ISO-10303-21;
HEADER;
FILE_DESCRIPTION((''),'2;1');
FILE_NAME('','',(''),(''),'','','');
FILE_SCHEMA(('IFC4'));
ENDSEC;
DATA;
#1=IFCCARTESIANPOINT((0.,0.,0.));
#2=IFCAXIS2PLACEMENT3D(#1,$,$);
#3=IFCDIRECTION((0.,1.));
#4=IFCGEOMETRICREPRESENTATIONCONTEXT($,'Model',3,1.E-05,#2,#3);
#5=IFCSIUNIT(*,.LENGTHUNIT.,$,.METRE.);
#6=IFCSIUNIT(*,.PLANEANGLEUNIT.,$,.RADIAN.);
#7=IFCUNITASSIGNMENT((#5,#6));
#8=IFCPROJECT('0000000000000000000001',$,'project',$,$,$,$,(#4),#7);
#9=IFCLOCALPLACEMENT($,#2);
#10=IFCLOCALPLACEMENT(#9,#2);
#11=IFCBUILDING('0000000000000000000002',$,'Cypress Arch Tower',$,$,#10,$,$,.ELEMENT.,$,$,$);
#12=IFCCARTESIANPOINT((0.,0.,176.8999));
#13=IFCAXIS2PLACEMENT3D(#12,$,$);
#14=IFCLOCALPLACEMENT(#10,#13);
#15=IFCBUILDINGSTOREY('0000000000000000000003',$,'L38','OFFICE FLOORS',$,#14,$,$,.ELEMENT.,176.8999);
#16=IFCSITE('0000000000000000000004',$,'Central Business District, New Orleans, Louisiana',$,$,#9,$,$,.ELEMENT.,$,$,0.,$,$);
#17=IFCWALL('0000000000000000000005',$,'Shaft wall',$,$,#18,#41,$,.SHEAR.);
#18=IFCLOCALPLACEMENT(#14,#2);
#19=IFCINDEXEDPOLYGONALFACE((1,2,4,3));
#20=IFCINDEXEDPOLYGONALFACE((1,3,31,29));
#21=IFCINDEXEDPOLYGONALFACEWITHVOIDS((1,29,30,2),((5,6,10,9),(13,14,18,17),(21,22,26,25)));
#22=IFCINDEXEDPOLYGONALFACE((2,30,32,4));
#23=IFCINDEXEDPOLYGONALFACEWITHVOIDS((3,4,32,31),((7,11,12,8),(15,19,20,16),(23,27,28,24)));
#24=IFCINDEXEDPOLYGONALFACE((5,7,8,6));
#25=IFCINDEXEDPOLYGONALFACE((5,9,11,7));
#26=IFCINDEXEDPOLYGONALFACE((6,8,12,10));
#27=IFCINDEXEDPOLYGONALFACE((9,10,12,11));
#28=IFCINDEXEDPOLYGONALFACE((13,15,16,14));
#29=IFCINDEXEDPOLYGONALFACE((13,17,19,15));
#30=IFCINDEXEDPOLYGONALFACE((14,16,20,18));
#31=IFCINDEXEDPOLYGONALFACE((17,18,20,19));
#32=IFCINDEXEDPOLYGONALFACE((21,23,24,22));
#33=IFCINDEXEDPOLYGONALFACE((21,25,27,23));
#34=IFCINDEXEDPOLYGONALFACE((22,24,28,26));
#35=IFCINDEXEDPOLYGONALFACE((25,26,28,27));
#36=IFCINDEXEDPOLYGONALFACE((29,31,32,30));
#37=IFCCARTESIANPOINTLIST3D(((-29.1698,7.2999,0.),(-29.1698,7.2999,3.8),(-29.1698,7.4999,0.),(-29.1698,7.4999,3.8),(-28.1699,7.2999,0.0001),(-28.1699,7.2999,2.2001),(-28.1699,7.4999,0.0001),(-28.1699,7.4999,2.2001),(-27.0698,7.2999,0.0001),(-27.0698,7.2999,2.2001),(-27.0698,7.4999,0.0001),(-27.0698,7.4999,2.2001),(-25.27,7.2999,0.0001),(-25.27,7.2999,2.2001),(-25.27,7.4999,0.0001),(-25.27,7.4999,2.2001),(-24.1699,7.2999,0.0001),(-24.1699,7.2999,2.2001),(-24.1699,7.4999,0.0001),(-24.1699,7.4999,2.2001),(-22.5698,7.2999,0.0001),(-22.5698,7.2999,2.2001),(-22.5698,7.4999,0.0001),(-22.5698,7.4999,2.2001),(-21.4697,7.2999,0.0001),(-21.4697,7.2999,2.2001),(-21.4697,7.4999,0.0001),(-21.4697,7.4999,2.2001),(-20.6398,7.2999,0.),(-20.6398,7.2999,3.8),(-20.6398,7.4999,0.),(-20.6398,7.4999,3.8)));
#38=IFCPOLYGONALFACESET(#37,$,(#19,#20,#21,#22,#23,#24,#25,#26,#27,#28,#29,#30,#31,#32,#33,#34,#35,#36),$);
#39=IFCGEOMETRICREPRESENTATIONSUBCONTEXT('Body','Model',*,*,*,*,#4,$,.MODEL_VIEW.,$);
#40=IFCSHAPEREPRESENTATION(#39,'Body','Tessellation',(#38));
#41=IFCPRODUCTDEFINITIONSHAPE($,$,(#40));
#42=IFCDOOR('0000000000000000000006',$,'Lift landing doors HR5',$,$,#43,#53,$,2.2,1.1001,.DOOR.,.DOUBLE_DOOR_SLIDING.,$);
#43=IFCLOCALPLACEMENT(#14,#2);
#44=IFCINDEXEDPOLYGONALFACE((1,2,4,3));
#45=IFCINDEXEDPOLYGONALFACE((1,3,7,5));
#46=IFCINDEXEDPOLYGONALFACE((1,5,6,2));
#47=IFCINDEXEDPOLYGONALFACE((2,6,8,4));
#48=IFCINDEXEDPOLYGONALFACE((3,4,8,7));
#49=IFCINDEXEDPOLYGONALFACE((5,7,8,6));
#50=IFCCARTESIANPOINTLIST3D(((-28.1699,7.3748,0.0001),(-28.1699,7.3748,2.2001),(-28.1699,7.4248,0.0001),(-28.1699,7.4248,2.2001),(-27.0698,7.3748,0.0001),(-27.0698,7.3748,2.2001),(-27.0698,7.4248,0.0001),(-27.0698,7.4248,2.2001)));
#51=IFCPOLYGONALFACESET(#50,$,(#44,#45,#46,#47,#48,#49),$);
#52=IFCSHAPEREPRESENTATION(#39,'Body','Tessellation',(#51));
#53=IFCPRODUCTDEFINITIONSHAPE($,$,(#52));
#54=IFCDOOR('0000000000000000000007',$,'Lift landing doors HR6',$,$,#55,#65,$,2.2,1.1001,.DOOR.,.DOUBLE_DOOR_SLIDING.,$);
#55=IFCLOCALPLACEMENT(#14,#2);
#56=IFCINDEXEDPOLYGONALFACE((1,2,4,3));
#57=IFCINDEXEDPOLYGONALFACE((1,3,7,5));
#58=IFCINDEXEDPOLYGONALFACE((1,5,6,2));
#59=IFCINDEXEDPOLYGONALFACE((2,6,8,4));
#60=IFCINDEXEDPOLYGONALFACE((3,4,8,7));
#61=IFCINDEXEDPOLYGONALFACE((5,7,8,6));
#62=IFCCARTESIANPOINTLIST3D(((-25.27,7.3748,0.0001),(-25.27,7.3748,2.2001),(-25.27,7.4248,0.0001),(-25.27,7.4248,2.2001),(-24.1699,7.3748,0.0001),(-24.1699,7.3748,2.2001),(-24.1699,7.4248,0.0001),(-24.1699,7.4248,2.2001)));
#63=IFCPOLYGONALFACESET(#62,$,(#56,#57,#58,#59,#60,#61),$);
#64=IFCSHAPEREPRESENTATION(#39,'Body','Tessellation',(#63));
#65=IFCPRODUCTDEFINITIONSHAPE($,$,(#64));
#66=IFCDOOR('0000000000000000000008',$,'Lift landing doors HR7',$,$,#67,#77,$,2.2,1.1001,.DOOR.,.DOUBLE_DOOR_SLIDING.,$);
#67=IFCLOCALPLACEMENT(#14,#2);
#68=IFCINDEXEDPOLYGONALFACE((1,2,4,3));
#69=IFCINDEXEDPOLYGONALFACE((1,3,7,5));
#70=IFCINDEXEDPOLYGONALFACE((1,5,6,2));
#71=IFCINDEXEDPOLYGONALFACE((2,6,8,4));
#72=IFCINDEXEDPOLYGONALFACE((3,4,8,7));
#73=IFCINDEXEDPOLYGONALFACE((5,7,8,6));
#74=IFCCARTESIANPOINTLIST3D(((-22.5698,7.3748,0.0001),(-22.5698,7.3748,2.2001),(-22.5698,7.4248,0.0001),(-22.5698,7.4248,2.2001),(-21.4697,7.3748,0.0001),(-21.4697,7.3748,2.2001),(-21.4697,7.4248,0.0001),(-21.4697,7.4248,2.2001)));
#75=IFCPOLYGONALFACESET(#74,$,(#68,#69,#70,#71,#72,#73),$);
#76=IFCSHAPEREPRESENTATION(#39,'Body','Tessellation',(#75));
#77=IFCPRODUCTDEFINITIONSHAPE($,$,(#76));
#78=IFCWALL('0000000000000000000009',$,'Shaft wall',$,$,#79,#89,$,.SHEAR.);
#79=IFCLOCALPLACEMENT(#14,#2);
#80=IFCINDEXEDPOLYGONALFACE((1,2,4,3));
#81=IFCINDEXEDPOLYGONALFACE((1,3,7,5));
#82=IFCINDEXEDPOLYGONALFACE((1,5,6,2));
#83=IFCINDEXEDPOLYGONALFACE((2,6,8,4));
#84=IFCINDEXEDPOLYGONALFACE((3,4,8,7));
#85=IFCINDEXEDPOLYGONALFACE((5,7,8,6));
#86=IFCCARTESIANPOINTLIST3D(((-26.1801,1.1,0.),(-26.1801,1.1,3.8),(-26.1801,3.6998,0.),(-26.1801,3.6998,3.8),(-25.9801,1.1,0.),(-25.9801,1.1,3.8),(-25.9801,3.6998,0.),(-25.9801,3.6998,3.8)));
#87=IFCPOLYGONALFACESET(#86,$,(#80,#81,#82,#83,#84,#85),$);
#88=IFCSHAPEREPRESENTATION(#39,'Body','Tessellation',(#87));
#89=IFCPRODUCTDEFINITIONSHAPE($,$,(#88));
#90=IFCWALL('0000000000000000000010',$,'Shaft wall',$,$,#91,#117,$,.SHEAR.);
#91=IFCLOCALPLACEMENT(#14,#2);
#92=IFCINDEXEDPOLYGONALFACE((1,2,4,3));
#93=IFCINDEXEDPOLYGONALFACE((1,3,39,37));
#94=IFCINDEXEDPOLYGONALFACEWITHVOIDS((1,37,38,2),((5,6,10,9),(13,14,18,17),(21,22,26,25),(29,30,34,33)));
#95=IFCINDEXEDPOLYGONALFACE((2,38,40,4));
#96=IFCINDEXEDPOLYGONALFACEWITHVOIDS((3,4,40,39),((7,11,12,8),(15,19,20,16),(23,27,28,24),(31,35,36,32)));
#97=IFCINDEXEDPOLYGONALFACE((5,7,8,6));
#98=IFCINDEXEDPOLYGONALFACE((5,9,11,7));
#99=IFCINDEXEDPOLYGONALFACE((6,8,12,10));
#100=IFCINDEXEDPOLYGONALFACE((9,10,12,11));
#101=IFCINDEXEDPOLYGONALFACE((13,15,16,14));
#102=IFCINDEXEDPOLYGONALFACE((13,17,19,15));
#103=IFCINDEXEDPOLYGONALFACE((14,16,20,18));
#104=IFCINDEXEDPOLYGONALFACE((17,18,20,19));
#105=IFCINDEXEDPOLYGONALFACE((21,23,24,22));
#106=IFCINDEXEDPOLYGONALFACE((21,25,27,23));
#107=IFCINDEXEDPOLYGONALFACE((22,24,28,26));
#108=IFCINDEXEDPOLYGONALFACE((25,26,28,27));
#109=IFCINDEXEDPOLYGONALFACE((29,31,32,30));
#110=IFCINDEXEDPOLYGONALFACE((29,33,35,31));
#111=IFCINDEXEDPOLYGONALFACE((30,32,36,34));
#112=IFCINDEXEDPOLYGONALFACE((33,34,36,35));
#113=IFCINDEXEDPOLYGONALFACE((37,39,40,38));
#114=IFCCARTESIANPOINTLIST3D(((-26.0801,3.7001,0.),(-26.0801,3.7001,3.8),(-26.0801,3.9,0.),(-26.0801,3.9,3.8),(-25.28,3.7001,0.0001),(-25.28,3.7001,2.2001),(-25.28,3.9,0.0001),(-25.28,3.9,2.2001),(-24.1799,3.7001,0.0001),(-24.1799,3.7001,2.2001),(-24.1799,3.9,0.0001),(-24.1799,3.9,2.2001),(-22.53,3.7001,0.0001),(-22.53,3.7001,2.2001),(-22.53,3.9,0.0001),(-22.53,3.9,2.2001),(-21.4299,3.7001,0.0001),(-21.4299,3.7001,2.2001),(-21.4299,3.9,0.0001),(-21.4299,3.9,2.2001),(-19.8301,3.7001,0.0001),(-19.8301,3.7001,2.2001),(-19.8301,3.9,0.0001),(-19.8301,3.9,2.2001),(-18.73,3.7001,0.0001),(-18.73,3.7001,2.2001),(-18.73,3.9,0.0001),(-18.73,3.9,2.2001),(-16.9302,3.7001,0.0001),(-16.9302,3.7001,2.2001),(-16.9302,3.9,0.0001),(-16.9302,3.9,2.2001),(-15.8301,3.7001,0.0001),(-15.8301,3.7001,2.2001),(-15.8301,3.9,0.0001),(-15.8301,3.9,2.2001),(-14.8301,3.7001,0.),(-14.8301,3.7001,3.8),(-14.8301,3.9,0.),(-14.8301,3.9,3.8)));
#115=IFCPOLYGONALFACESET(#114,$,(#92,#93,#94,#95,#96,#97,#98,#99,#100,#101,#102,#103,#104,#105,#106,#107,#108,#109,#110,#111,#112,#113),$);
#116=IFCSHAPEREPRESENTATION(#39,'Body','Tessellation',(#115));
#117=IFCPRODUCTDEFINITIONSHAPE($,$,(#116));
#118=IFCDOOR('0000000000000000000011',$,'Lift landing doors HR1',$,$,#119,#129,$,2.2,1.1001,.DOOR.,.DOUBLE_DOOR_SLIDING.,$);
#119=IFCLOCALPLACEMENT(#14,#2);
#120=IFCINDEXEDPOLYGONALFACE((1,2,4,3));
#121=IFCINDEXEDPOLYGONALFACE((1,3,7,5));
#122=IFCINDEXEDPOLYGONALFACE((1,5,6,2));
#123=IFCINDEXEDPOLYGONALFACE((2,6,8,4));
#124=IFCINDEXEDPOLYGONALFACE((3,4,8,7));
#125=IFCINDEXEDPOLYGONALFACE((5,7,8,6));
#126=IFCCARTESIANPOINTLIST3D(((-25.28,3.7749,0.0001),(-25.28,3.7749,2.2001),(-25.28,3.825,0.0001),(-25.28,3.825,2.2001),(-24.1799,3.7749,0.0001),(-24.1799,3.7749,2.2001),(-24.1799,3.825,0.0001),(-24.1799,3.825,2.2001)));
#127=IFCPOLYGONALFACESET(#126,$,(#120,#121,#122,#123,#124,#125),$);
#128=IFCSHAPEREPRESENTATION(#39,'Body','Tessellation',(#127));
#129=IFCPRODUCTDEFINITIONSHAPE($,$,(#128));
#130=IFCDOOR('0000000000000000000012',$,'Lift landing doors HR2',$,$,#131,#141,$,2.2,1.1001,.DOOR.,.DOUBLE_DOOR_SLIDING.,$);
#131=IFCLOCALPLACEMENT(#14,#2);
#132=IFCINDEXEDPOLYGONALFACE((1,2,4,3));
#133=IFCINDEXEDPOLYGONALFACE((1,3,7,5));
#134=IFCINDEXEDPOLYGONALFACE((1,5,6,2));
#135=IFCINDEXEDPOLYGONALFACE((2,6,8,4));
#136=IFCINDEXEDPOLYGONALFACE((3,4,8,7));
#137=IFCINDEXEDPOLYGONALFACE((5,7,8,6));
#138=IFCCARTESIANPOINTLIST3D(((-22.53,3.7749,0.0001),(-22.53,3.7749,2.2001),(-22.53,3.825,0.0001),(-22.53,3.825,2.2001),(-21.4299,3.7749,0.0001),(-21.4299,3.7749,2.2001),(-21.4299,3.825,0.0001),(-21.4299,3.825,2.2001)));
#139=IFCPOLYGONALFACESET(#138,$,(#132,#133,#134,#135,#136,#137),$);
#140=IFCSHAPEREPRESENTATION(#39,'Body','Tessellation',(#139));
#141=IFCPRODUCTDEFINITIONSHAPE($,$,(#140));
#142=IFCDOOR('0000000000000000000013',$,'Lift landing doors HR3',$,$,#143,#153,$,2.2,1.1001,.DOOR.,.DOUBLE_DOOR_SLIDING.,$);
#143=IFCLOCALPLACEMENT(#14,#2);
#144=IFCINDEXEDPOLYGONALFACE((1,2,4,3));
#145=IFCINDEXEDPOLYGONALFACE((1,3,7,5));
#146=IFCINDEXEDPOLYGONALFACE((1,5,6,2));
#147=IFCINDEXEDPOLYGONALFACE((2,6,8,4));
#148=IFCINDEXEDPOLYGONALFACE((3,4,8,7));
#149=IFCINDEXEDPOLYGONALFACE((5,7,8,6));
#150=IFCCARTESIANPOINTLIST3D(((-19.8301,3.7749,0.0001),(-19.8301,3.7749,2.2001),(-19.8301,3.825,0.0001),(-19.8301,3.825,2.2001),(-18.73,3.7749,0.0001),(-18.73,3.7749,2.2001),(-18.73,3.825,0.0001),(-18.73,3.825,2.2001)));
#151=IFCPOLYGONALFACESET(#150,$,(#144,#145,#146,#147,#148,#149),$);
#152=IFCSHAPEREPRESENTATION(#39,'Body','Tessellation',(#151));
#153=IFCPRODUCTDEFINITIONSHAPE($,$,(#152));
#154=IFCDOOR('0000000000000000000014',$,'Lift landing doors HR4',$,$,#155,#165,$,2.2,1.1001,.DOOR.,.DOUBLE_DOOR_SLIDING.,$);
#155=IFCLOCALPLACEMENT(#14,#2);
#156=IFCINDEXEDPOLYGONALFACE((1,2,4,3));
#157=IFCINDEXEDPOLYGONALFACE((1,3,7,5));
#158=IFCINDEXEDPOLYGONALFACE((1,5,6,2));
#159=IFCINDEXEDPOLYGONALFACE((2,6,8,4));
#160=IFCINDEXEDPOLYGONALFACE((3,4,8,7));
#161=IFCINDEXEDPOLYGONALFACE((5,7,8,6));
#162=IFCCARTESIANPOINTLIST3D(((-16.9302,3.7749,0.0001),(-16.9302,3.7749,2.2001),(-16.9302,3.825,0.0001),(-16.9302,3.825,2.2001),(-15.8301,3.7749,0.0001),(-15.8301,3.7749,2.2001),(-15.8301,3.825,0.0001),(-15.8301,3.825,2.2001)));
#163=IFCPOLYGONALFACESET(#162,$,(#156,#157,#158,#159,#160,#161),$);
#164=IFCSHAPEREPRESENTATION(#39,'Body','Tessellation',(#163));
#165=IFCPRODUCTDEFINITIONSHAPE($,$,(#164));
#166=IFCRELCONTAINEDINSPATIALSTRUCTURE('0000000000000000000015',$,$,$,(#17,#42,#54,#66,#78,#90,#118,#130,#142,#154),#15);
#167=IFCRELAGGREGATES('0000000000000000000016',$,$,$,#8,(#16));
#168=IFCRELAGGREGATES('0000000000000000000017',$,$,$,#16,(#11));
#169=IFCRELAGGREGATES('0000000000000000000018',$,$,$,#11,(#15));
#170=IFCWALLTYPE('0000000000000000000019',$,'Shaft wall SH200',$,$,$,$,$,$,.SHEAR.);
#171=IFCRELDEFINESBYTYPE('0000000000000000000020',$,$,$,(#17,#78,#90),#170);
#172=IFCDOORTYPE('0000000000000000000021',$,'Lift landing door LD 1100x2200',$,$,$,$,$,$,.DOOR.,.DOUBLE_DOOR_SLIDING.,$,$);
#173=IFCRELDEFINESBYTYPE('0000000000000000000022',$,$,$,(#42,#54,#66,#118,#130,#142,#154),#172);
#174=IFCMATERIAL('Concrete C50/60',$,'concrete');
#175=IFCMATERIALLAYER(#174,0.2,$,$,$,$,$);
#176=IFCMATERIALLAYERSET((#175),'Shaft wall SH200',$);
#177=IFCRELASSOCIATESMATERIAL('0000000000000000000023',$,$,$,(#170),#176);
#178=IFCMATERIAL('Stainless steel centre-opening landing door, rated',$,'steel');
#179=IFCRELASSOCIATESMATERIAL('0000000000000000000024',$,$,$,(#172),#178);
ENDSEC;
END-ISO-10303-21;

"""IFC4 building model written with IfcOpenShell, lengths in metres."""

from ifc_helpers import new_model, si_unit, direction, frame, frame_2d, origin, place, context, subcontext, project, spatial, rectangle, extrude, material, layer, layer_set, type_object, element, fill, save


model = new_model("IFC4")

# Units and contexts
model_context = context("Model", 3, precision=1e-05, world=origin(), true_north=direction((0.0, 1.0)))
body_context = subcontext(model_context, "Body", "Model", "MODEL_VIEW")
ifc_project = project(units=[si_unit("LENGTHUNIT", "METRE"), si_unit("PLANEANGLEUNIT", "RADIAN")], contexts=[model_context])

# Site, building, storey
site_placement = place(None, origin())
site = spatial("IfcSite", under=ifc_project, at=site_placement, Name="Central Business District, New Orleans, Louisiana", CompositionType="ELEMENT", RefElevation=0.0)
building_placement = place(site_placement, origin())
building = spatial("IfcBuilding", under=site, at=building_placement, Name="Cypress Arch Tower", CompositionType="ELEMENT")
storey_placement = place(building_placement, frame((0.0, 0.0, 176.8999)))
storey = spatial("IfcBuildingStorey", under=building, at=storey_placement, Name="L38", Description="OFFICE FLOORS", CompositionType="ELEMENT", Elevation=176.8999)

# Wall, openings, doors
ifc_material_1 = material(Name="Concrete C50/60", Category="concrete")
ifc_layer_1 = layer(ifc_material_1, 0.2)
ifc_layer_set_1 = layer_set([ifc_layer_1], Name="Shaft wall SH200")
wall_type_1 = type_object("IfcWallType", Name="Shaft wall SH200", PredefinedType="SHEAR", material=ifc_layer_set_1)
wall_1_placement = place(storey_placement, frame((-29.1699, 7.3999, 0.0), z_axis=(0.0, 0.0, 1.0), x_axis=(1.0, 0.0, 0.0)))
wall_1 = element("IfcWall", 1, at=wall_1_placement, inside=storey, type_object=wall_type_1, Name="Shaft wall", PredefinedType="SHEAR", context=body_context, shape_type="SweptSolid", body=[
    extrude(rectangle(XDim=8.53, YDim=0.2, at=frame_2d((4.2651, 0.0))), origin(), (0.0, 0.0, 1.0), 3.8),
])
opening_1_placement = place(wall_1_placement, frame((1.0, 0.0, 0.0)))
opening_1 = element("IfcOpeningElement", 2, at=opening_1_placement, cuts=wall_1, PredefinedType="OPENING", context=body_context, shape_type="SweptSolid", body=[
    extrude(rectangle(XDim=1.1001, YDim=2.2, at=frame_2d((0.55, 1.1001))), frame((0.0, 0.1099, 0.0), z_axis=(0.0, -1.0, 0.0), x_axis=(1.0, 0.0, 0.0)), (0.0, 0.0, 1.0), 0.22),
])
opening_2_placement = place(wall_1_placement, frame((3.8999, 0.0, 0.0)))
opening_2 = element("IfcOpeningElement", 3, at=opening_2_placement, cuts=wall_1, PredefinedType="OPENING", context=body_context, shape_type="SweptSolid", body=[
    extrude(rectangle(XDim=1.1001, YDim=2.2, at=frame_2d((0.55, 1.1001))), frame((0.0, 0.1099, 0.0), z_axis=(0.0, -1.0, 0.0), x_axis=(1.0, 0.0, 0.0)), (0.0, 0.0, 1.0), 0.22),
])
opening_3_placement = place(wall_1_placement, frame((6.6001, 0.0, 0.0)))
opening_3 = element("IfcOpeningElement", 4, at=opening_3_placement, cuts=wall_1, PredefinedType="OPENING", context=body_context, shape_type="SweptSolid", body=[
    extrude(rectangle(XDim=1.1001, YDim=2.2, at=frame_2d((0.55, 1.1001))), frame((0.0, 0.1099, 0.0), z_axis=(0.0, -1.0, 0.0), x_axis=(1.0, 0.0, 0.0)), (0.0, 0.0, 1.0), 0.22),
])
ifc_material_2 = material(Name="Stainless steel centre-opening landing door, rated", Category="steel")
door_type_1 = type_object("IfcDoorType", Name="Lift landing door LD 1100x2200", OperationType="DOUBLE_DOOR_SLIDING", PredefinedType="DOOR", material=ifc_material_2)
door_1_placement = place(opening_1_placement, origin())
door_1 = element("IfcDoor", 5, at=door_1_placement, inside=storey, type_object=door_type_1, Name="Lift landing doors HR5", OperationType="DOUBLE_DOOR_SLIDING", OverallHeight=2.2, OverallWidth=1.1001, PredefinedType="DOOR", context=body_context, shape_type="SweptSolid", body=[
    extrude(rectangle(XDim=1.1001, YDim=2.2, at=frame_2d((0.55, 1.1001))), frame((0.0, 0.0249, 0.0), z_axis=(0.0, -1.0, 0.0), x_axis=(1.0, 0.0, 0.0)), (0.0, 0.0, 1.0), 0.05),
])
fill(opening_1, door_1)
door_2_placement = place(opening_2_placement, origin())
door_2 = element("IfcDoor", 6, at=door_2_placement, inside=storey, type_object=door_type_1, Name="Lift landing doors HR6", OperationType="DOUBLE_DOOR_SLIDING", OverallHeight=2.2, OverallWidth=1.1001, PredefinedType="DOOR", context=body_context, shape_type="SweptSolid", body=[
    extrude(rectangle(XDim=1.1001, YDim=2.2, at=frame_2d((0.55, 1.1001))), frame((0.0, 0.0249, 0.0), z_axis=(0.0, -1.0, 0.0), x_axis=(1.0, 0.0, 0.0)), (0.0, 0.0, 1.0), 0.05),
])
fill(opening_2, door_2)
door_3_placement = place(opening_3_placement, origin())
door_3 = element("IfcDoor", 7, at=door_3_placement, inside=storey, type_object=door_type_1, Name="Lift landing doors HR7", OperationType="DOUBLE_DOOR_SLIDING", OverallHeight=2.2, OverallWidth=1.1001, PredefinedType="DOOR", context=body_context, shape_type="SweptSolid", body=[
    extrude(rectangle(XDim=1.1001, YDim=2.2, at=frame_2d((0.55, 1.1001))), frame((0.0, 0.0249, 0.0), z_axis=(0.0, -1.0, 0.0), x_axis=(1.0, 0.0, 0.0)), (0.0, 0.0, 1.0), 0.05),
])
fill(opening_3, door_3)

# Wall
wall_2_placement = place(storey_placement, frame((-26.0801, 1.1001, 0.0), z_axis=(0.0, 0.0, 1.0), x_axis=(0.0, 1.0, 0.0)))
element("IfcWall", 8, at=wall_2_placement, inside=storey, type_object=wall_type_1, Name="Shaft wall", PredefinedType="SHEAR", context=body_context, shape_type="SweptSolid", body=[
    extrude(rectangle(XDim=2.5999, YDim=0.2, at=frame_2d((1.2998, 0.0))), origin(), (0.0, 0.0, 1.0), 3.8),
])

# Wall, openings, doors
wall_3_placement = place(storey_placement, frame((-26.0801, 3.8, 0.0), z_axis=(0.0, 0.0, 1.0), x_axis=(1.0, 0.0, 0.0)))
wall_3 = element("IfcWall", 9, at=wall_3_placement, inside=storey, type_object=wall_type_1, Name="Shaft wall", PredefinedType="SHEAR", context=body_context, shape_type="SweptSolid", body=[
    extrude(rectangle(XDim=11.25, YDim=0.2, at=frame_2d((5.625, 0.0))), origin(), (0.0, 0.0, 1.0), 3.8),
])
opening_4_placement = place(wall_3_placement, frame((0.8, 0.0, 0.0)))
opening_4 = element("IfcOpeningElement", 10, at=opening_4_placement, cuts=wall_3, PredefinedType="OPENING", context=body_context, shape_type="SweptSolid", body=[
    extrude(rectangle(XDim=1.1001, YDim=2.2, at=frame_2d((0.55, 1.1001))), frame((0.0, 0.1099, 0.0), z_axis=(0.0, -1.0, 0.0), x_axis=(1.0, 0.0, 0.0)), (0.0, 0.0, 1.0), 0.22),
])
opening_5_placement = place(wall_3_placement, frame((3.55, 0.0, 0.0)))
opening_5 = element("IfcOpeningElement", 11, at=opening_5_placement, cuts=wall_3, PredefinedType="OPENING", context=body_context, shape_type="SweptSolid", body=[
    extrude(rectangle(XDim=1.1001, YDim=2.2, at=frame_2d((0.55, 1.1001))), frame((0.0, 0.1099, 0.0), z_axis=(0.0, -1.0, 0.0), x_axis=(1.0, 0.0, 0.0)), (0.0, 0.0, 1.0), 0.22),
])
opening_6_placement = place(wall_3_placement, frame((6.25, 0.0, 0.0)))
opening_6 = element("IfcOpeningElement", 12, at=opening_6_placement, cuts=wall_3, PredefinedType="OPENING", context=body_context, shape_type="SweptSolid", body=[
    extrude(rectangle(XDim=1.1001, YDim=2.2, at=frame_2d((0.55, 1.1001))), frame((0.0, 0.1099, 0.0), z_axis=(0.0, -1.0, 0.0), x_axis=(1.0, 0.0, 0.0)), (0.0, 0.0, 1.0), 0.22),
])
opening_7_placement = place(wall_3_placement, frame((9.1499, 0.0, 0.0)))
opening_7 = element("IfcOpeningElement", 13, at=opening_7_placement, cuts=wall_3, PredefinedType="OPENING", context=body_context, shape_type="SweptSolid", body=[
    extrude(rectangle(XDim=1.1001, YDim=2.2, at=frame_2d((0.55, 1.1001))), frame((0.0, 0.1099, 0.0), z_axis=(0.0, -1.0, 0.0), x_axis=(1.0, 0.0, 0.0)), (0.0, 0.0, 1.0), 0.22),
])
door_4_placement = place(opening_4_placement, origin())
door_4 = element("IfcDoor", 14, at=door_4_placement, inside=storey, type_object=door_type_1, Name="Lift landing doors HR1", OperationType="DOUBLE_DOOR_SLIDING", OverallHeight=2.2, OverallWidth=1.1001, PredefinedType="DOOR", context=body_context, shape_type="SweptSolid", body=[
    extrude(rectangle(XDim=1.1001, YDim=2.2, at=frame_2d((0.55, 1.1001))), frame((0.0, 0.0249, 0.0), z_axis=(0.0, -1.0, 0.0), x_axis=(1.0, 0.0, 0.0)), (0.0, 0.0, 1.0), 0.05),
])
fill(opening_4, door_4)
door_5_placement = place(opening_5_placement, origin())
door_5 = element("IfcDoor", 15, at=door_5_placement, inside=storey, type_object=door_type_1, Name="Lift landing doors HR2", OperationType="DOUBLE_DOOR_SLIDING", OverallHeight=2.2, OverallWidth=1.1001, PredefinedType="DOOR", context=body_context, shape_type="SweptSolid", body=[
    extrude(rectangle(XDim=1.1001, YDim=2.2, at=frame_2d((0.55, 1.1001))), frame((0.0, 0.0249, 0.0), z_axis=(0.0, -1.0, 0.0), x_axis=(1.0, 0.0, 0.0)), (0.0, 0.0, 1.0), 0.05),
])
fill(opening_5, door_5)
door_6_placement = place(opening_6_placement, origin())
door_6 = element("IfcDoor", 16, at=door_6_placement, inside=storey, type_object=door_type_1, Name="Lift landing doors HR3", OperationType="DOUBLE_DOOR_SLIDING", OverallHeight=2.2, OverallWidth=1.1001, PredefinedType="DOOR", context=body_context, shape_type="SweptSolid", body=[
    extrude(rectangle(XDim=1.1001, YDim=2.2, at=frame_2d((0.55, 1.1001))), frame((0.0, 0.0249, 0.0), z_axis=(0.0, -1.0, 0.0), x_axis=(1.0, 0.0, 0.0)), (0.0, 0.0, 1.0), 0.05),
])
fill(opening_6, door_6)
door_7_placement = place(opening_7_placement, origin())
door_7 = element("IfcDoor", 17, at=door_7_placement, inside=storey, type_object=door_type_1, Name="Lift landing doors HR4", OperationType="DOUBLE_DOOR_SLIDING", OverallHeight=2.2, OverallWidth=1.1001, PredefinedType="DOOR", context=body_context, shape_type="SweptSolid", body=[
    extrude(rectangle(XDim=1.1001, YDim=2.2, at=frame_2d((0.55, 1.1001))), frame((0.0, 0.0249, 0.0), z_axis=(0.0, -1.0, 0.0), x_axis=(1.0, 0.0, 0.0)), (0.0, 0.0, 1.0), 0.05),
])
fill(opening_7, door_7)

save(model, "model.ifc")
